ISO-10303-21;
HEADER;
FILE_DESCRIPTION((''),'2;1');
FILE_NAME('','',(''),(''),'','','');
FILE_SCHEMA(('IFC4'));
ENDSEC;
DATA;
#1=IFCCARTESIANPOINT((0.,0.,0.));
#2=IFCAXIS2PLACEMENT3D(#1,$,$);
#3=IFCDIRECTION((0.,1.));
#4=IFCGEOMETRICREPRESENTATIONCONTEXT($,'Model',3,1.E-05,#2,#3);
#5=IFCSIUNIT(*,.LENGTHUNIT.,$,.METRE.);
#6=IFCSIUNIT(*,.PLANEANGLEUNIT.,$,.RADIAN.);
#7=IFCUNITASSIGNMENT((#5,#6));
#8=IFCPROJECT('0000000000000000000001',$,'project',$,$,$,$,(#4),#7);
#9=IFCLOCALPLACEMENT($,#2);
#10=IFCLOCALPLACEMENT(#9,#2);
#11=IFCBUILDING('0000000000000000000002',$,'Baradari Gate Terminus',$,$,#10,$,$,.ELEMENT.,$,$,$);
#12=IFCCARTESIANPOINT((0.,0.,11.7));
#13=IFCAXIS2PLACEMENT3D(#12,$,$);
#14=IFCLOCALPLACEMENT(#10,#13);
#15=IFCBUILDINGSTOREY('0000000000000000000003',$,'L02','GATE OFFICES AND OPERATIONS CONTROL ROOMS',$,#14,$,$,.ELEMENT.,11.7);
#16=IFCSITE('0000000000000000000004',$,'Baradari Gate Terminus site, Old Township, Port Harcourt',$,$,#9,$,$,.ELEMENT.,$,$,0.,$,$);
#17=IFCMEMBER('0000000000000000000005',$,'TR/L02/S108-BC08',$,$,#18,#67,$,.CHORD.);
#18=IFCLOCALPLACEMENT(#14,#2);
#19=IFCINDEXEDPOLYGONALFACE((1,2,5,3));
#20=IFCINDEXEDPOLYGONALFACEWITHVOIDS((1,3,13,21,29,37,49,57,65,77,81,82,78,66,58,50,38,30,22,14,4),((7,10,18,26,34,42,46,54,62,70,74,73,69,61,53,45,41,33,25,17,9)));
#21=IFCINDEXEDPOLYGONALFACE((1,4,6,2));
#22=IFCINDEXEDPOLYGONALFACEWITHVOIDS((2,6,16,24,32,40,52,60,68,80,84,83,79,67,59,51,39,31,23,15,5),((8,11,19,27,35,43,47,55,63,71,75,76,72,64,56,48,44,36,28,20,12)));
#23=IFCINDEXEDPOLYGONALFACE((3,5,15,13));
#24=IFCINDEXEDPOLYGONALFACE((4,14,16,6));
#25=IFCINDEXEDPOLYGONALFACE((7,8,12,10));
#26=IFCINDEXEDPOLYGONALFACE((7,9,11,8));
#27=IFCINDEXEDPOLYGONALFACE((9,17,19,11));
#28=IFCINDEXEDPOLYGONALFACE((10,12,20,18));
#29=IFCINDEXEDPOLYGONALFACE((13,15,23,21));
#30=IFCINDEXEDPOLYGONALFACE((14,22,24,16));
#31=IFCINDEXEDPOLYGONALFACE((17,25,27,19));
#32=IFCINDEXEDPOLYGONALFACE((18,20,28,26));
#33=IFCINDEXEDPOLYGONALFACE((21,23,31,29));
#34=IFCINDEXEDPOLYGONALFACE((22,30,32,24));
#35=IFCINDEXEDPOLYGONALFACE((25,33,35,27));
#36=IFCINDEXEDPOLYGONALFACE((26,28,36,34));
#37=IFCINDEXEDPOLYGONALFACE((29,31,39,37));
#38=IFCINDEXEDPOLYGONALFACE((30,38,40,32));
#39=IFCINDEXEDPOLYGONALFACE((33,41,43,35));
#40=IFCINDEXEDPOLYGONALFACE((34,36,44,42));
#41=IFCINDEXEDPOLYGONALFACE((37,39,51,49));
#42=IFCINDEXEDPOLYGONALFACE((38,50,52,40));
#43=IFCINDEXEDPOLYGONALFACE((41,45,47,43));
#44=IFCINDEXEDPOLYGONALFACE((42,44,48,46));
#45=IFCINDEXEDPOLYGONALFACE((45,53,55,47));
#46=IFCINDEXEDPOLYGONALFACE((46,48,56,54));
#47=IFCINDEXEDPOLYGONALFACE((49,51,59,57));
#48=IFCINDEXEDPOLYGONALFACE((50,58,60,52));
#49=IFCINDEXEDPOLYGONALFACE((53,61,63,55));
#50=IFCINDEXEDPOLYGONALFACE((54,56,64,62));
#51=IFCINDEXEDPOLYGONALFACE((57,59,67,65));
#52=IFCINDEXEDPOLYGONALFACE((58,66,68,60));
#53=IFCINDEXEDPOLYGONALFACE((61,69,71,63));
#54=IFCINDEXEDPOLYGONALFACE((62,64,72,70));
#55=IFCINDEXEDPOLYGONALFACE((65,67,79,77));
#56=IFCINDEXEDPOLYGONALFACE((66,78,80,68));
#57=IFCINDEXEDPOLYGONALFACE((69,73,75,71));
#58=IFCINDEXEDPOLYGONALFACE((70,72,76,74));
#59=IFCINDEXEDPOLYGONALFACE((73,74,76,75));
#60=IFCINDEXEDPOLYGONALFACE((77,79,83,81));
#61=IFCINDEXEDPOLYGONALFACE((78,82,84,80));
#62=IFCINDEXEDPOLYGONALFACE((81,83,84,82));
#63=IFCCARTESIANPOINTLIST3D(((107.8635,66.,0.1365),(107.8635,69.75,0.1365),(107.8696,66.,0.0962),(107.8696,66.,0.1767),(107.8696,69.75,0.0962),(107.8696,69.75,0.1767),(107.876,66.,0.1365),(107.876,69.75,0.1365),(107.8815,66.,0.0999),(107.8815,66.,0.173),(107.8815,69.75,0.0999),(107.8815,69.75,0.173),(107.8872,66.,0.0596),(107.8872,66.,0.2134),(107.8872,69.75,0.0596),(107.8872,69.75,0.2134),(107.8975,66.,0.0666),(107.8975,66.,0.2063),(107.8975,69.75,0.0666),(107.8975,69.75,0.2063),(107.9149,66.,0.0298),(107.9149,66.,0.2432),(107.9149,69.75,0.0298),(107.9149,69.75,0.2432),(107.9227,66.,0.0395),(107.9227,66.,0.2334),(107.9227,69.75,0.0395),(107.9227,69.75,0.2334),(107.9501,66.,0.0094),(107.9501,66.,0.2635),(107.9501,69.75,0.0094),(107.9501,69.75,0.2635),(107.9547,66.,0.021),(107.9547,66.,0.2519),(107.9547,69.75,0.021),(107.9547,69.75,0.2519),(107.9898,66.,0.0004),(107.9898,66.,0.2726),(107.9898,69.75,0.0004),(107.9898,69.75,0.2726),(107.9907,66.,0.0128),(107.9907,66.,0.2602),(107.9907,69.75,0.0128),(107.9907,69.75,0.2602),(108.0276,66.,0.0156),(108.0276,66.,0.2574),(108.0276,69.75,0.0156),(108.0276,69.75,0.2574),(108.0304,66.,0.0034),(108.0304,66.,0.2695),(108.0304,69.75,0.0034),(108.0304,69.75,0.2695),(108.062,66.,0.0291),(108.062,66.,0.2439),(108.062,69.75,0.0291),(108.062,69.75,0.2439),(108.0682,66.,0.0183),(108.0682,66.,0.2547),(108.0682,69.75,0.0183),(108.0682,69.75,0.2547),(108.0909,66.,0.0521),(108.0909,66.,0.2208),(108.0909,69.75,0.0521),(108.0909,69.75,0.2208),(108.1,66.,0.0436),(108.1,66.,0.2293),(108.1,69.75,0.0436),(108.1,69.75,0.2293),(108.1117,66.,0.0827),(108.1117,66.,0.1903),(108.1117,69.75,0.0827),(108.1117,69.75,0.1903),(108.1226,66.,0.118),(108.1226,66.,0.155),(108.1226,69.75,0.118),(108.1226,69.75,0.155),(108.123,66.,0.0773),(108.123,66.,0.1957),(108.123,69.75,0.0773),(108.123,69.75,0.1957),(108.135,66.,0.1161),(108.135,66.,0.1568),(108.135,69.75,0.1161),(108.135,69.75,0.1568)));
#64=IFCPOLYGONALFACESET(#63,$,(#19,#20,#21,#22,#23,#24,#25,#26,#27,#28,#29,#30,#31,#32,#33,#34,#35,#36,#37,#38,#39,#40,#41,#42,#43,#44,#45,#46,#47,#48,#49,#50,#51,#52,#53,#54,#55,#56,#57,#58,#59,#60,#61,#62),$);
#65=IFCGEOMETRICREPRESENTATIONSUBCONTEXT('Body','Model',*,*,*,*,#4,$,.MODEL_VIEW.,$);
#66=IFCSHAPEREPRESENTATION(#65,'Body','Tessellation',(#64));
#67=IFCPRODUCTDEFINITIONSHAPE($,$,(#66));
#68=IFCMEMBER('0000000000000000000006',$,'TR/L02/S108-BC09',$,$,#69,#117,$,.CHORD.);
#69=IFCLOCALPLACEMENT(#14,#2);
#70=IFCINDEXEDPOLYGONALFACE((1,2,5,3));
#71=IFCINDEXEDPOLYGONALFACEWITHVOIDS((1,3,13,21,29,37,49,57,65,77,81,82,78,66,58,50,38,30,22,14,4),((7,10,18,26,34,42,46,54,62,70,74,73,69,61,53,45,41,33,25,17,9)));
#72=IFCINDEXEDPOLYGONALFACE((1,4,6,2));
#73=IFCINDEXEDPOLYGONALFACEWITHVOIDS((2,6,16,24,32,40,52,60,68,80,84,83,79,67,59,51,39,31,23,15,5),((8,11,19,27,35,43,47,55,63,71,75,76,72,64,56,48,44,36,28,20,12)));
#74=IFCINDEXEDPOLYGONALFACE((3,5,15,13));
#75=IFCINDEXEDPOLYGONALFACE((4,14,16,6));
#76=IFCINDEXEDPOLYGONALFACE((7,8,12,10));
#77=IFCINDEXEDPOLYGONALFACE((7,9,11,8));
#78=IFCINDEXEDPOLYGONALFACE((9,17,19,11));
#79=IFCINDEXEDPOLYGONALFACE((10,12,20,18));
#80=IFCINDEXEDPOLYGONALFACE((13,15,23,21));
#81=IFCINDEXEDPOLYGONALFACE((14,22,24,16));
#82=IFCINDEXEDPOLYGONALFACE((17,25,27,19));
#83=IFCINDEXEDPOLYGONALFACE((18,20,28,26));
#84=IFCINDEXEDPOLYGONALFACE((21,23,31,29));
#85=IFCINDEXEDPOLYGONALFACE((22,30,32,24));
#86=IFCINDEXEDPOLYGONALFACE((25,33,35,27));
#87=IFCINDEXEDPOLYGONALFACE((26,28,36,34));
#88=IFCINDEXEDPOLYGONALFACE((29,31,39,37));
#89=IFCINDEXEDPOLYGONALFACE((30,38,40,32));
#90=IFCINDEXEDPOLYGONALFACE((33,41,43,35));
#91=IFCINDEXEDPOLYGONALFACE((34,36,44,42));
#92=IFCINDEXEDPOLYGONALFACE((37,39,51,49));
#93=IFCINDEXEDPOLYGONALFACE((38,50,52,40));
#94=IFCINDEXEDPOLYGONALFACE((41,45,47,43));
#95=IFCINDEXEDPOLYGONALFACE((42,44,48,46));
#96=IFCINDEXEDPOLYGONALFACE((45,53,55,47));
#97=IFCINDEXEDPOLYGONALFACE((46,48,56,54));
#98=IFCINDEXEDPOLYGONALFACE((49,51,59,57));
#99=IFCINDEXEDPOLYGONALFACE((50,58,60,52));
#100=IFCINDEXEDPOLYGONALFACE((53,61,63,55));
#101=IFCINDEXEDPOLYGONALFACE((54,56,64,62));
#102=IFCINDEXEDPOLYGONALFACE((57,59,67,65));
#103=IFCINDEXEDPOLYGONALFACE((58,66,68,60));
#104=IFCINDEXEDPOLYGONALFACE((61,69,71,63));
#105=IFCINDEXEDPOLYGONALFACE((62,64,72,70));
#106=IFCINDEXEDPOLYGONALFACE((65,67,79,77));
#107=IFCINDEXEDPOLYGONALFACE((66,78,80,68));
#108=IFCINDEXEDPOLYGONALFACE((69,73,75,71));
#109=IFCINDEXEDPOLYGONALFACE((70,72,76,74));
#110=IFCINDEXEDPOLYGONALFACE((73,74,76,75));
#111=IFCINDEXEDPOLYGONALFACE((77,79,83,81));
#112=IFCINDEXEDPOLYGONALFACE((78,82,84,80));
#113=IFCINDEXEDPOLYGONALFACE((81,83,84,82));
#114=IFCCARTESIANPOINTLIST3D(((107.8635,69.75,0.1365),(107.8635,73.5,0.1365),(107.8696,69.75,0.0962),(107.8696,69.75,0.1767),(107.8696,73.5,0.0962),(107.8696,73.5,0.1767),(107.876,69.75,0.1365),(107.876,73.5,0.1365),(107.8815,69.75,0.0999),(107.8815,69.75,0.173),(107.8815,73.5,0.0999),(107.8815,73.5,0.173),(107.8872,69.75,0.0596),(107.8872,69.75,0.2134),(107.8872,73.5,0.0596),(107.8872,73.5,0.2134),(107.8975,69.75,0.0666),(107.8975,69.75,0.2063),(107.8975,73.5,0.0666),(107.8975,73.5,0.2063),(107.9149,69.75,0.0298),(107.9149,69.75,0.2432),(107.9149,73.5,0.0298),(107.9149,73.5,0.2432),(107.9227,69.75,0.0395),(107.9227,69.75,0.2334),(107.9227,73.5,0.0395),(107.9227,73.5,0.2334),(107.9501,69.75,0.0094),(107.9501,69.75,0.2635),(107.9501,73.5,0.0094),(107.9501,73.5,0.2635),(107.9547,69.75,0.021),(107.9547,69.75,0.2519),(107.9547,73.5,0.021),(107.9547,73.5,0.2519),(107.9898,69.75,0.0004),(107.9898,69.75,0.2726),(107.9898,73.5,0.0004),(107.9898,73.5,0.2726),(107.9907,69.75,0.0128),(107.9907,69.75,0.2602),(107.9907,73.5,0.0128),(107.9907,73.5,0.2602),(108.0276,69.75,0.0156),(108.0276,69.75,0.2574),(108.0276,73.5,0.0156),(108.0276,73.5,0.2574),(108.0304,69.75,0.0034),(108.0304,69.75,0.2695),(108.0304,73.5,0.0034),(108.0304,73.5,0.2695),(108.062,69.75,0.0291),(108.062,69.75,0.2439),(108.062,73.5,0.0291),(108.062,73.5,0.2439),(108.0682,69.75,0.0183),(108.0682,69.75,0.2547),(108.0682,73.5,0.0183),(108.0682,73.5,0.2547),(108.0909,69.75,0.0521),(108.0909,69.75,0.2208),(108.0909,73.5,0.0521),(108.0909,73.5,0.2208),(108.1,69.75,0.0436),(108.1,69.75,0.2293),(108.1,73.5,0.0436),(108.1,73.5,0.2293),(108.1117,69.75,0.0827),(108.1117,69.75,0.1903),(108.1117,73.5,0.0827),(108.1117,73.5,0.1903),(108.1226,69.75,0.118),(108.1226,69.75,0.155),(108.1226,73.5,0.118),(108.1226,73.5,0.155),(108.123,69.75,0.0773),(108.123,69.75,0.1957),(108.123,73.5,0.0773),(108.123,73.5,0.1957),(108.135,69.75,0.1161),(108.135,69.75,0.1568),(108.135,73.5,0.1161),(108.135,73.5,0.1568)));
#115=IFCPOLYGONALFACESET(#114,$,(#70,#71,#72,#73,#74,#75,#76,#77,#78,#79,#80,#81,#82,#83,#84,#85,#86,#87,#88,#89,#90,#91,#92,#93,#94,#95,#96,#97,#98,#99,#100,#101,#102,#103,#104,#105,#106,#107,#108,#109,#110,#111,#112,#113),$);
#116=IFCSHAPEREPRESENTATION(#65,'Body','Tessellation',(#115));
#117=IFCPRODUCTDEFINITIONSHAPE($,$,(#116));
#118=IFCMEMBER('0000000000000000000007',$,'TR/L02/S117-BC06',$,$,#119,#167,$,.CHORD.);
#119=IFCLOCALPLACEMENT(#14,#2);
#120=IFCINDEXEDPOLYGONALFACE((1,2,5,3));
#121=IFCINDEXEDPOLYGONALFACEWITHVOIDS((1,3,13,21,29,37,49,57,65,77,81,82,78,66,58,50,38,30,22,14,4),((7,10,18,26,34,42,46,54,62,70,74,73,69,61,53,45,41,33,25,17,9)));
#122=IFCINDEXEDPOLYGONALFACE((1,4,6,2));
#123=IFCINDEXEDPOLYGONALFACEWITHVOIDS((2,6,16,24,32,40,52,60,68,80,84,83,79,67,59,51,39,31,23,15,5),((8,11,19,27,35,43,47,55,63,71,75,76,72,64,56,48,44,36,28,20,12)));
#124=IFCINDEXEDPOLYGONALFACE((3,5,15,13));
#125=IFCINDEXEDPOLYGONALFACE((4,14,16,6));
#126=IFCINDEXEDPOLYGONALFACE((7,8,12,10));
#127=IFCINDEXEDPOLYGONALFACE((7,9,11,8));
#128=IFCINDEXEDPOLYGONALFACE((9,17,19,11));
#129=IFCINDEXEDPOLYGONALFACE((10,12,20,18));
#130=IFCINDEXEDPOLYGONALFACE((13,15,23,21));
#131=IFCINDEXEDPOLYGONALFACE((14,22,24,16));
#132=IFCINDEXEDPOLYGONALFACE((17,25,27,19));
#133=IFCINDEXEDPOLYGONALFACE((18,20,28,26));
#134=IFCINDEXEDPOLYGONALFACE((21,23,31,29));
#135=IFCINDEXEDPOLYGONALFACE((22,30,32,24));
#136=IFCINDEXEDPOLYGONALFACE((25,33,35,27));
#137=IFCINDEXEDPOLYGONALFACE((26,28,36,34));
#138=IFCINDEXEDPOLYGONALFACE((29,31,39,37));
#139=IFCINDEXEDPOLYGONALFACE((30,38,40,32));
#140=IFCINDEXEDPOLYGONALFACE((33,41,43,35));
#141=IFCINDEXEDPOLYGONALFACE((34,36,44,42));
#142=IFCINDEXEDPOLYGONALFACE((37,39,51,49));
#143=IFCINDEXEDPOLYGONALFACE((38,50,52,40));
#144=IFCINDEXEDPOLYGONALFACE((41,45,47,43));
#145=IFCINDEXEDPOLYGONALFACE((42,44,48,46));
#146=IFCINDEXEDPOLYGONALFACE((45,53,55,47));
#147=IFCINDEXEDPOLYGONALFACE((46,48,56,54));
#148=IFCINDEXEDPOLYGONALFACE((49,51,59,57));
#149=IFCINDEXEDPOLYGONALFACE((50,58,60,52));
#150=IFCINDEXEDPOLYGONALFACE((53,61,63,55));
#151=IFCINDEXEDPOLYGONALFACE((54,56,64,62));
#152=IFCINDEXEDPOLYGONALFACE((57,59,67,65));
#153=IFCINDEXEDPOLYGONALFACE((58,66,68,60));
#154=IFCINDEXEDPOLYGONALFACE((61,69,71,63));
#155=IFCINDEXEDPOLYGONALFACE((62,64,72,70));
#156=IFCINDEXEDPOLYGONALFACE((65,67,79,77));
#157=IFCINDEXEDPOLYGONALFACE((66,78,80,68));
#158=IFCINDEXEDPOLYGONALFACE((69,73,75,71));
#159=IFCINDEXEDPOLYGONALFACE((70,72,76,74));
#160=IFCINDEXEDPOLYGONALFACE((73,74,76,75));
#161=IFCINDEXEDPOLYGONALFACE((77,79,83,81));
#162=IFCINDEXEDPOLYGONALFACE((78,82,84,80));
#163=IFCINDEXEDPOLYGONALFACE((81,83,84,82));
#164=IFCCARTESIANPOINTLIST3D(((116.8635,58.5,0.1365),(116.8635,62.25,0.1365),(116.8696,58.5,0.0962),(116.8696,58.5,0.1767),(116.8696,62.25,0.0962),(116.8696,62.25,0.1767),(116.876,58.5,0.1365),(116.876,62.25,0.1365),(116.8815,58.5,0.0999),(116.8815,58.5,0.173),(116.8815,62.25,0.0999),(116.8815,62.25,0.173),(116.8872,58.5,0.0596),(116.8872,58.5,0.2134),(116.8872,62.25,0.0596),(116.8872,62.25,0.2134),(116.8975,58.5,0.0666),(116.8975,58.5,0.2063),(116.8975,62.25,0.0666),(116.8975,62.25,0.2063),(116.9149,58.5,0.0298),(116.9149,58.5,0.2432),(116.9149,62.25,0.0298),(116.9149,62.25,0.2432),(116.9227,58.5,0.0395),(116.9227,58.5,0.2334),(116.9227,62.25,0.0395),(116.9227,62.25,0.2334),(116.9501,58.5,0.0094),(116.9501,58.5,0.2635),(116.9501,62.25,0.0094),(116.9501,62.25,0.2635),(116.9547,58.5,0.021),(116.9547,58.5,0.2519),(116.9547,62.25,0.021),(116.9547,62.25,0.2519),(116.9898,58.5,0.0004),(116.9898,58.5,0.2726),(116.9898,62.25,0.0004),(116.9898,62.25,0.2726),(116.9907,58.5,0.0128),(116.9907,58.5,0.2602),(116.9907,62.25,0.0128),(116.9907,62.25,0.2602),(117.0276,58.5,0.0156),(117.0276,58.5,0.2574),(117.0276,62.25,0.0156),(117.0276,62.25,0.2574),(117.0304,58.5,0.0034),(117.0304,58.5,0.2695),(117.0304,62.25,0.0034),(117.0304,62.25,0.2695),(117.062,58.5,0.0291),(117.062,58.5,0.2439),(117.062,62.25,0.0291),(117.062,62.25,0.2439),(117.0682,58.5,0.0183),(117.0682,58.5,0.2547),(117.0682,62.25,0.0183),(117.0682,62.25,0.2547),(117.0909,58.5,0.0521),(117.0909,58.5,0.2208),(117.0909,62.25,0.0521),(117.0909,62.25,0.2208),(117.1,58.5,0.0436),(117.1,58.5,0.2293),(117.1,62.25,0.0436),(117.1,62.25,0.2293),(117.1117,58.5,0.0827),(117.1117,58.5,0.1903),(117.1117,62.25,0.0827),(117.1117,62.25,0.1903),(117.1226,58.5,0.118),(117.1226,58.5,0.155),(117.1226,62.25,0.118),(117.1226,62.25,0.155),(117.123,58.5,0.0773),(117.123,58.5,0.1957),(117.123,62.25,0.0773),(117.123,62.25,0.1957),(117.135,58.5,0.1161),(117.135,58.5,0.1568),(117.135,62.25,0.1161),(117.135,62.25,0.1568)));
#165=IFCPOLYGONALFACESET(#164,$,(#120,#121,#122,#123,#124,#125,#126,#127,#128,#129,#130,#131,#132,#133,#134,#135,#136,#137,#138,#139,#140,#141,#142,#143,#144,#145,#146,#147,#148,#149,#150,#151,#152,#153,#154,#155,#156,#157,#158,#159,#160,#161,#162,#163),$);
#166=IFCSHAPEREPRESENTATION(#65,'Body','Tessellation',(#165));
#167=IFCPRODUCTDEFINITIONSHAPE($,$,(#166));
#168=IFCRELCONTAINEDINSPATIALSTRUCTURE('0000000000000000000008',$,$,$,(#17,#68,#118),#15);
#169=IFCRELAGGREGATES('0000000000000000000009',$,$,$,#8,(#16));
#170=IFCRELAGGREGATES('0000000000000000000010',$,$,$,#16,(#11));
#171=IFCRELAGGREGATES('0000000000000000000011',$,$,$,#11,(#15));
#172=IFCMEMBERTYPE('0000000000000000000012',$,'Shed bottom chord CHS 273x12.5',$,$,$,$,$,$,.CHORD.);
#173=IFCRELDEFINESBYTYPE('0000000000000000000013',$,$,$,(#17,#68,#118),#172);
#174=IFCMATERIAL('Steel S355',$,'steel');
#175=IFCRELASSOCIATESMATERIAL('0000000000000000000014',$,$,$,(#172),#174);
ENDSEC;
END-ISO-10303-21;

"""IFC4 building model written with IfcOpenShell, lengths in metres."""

from ifc_helpers import new_model, si_unit, direction, frame, origin, origin_2d, place, context, subcontext, project, spatial, hollow_circle, extrude, material, material_profile, profile_set, type_object, element, save


model = new_model("IFC4")

# Units and contexts
model_context = context("Model", 3, precision=1e-05, world=origin(), true_north=direction((0.0, 1.0)))
body_context = subcontext(model_context, "Body", "Model", "MODEL_VIEW")
ifc_project = project(units=[si_unit("LENGTHUNIT", "METRE"), si_unit("PLANEANGLEUNIT", "RADIAN")], contexts=[model_context])

# Site, building, storey
site_placement = place(None, origin())
site = spatial("IfcSite", under=ifc_project, at=site_placement, Name="Baradari Gate Terminus site, Old Township, Port Harcourt", CompositionType="ELEMENT", RefElevation=0.0)
building_placement = place(site_placement, origin())
building = spatial("IfcBuilding", under=site, at=building_placement, Name="Baradari Gate Terminus", CompositionType="ELEMENT")
storey_placement = place(building_placement, frame((0.0, 0.0, 11.7)))
storey = spatial("IfcBuildingStorey", under=building, at=storey_placement, Name="L02", Description="GATE OFFICES AND OPERATIONS CONTROL ROOMS", CompositionType="ELEMENT", Elevation=11.7)

# Members
ifc_material_1 = material(Name="Steel S355", Category="steel")
ifc_material_profile_1 = material_profile(ifc_material_1, hollow_circle(Radius=0.1365, WallThickness=0.0125, at=origin_2d()), Name="CHS 273x12.5")
ifc_profile_set_1 = profile_set([ifc_material_profile_1], Name="Steel S355")
member_type_1 = type_object("IfcMemberType", Name="Shed bottom chord CHS 273x12.5", PredefinedType="CHORD", material=ifc_profile_set_1)
for number, where, z_axis, x_axis, name in (
    (1, (108.0, 66.0, 0.1365), (0.0, 1.0, 0.0), (-1.0, 0.0, 0.0), "TR/L02/S108-BC08"),
    (2, (108.0, 69.75, 0.1365), (0.0, 1.0, 0.0), (-1.0, 0.0, 0.0), "TR/L02/S108-BC09"),
    (3, (117.0, 58.5, 0.1365), (0.0, 1.0, 0.0), (-1.0, 0.0, 0.0), "TR/L02/S117-BC06"),
):
    element("IfcMember", number, at=place(storey_placement, frame(where, z_axis=z_axis, x_axis=x_axis)), inside=storey, type_object=member_type_1, Name=name, PredefinedType="CHORD", context=body_context, shape_type="SweptSolid", body=[
        extrude(hollow_circle(Radius=0.1365, WallThickness=0.0125, at=origin_2d()), origin(), (0.0, 0.0, 1.0), 3.75),
    ])

save(model, "model.ifc")
